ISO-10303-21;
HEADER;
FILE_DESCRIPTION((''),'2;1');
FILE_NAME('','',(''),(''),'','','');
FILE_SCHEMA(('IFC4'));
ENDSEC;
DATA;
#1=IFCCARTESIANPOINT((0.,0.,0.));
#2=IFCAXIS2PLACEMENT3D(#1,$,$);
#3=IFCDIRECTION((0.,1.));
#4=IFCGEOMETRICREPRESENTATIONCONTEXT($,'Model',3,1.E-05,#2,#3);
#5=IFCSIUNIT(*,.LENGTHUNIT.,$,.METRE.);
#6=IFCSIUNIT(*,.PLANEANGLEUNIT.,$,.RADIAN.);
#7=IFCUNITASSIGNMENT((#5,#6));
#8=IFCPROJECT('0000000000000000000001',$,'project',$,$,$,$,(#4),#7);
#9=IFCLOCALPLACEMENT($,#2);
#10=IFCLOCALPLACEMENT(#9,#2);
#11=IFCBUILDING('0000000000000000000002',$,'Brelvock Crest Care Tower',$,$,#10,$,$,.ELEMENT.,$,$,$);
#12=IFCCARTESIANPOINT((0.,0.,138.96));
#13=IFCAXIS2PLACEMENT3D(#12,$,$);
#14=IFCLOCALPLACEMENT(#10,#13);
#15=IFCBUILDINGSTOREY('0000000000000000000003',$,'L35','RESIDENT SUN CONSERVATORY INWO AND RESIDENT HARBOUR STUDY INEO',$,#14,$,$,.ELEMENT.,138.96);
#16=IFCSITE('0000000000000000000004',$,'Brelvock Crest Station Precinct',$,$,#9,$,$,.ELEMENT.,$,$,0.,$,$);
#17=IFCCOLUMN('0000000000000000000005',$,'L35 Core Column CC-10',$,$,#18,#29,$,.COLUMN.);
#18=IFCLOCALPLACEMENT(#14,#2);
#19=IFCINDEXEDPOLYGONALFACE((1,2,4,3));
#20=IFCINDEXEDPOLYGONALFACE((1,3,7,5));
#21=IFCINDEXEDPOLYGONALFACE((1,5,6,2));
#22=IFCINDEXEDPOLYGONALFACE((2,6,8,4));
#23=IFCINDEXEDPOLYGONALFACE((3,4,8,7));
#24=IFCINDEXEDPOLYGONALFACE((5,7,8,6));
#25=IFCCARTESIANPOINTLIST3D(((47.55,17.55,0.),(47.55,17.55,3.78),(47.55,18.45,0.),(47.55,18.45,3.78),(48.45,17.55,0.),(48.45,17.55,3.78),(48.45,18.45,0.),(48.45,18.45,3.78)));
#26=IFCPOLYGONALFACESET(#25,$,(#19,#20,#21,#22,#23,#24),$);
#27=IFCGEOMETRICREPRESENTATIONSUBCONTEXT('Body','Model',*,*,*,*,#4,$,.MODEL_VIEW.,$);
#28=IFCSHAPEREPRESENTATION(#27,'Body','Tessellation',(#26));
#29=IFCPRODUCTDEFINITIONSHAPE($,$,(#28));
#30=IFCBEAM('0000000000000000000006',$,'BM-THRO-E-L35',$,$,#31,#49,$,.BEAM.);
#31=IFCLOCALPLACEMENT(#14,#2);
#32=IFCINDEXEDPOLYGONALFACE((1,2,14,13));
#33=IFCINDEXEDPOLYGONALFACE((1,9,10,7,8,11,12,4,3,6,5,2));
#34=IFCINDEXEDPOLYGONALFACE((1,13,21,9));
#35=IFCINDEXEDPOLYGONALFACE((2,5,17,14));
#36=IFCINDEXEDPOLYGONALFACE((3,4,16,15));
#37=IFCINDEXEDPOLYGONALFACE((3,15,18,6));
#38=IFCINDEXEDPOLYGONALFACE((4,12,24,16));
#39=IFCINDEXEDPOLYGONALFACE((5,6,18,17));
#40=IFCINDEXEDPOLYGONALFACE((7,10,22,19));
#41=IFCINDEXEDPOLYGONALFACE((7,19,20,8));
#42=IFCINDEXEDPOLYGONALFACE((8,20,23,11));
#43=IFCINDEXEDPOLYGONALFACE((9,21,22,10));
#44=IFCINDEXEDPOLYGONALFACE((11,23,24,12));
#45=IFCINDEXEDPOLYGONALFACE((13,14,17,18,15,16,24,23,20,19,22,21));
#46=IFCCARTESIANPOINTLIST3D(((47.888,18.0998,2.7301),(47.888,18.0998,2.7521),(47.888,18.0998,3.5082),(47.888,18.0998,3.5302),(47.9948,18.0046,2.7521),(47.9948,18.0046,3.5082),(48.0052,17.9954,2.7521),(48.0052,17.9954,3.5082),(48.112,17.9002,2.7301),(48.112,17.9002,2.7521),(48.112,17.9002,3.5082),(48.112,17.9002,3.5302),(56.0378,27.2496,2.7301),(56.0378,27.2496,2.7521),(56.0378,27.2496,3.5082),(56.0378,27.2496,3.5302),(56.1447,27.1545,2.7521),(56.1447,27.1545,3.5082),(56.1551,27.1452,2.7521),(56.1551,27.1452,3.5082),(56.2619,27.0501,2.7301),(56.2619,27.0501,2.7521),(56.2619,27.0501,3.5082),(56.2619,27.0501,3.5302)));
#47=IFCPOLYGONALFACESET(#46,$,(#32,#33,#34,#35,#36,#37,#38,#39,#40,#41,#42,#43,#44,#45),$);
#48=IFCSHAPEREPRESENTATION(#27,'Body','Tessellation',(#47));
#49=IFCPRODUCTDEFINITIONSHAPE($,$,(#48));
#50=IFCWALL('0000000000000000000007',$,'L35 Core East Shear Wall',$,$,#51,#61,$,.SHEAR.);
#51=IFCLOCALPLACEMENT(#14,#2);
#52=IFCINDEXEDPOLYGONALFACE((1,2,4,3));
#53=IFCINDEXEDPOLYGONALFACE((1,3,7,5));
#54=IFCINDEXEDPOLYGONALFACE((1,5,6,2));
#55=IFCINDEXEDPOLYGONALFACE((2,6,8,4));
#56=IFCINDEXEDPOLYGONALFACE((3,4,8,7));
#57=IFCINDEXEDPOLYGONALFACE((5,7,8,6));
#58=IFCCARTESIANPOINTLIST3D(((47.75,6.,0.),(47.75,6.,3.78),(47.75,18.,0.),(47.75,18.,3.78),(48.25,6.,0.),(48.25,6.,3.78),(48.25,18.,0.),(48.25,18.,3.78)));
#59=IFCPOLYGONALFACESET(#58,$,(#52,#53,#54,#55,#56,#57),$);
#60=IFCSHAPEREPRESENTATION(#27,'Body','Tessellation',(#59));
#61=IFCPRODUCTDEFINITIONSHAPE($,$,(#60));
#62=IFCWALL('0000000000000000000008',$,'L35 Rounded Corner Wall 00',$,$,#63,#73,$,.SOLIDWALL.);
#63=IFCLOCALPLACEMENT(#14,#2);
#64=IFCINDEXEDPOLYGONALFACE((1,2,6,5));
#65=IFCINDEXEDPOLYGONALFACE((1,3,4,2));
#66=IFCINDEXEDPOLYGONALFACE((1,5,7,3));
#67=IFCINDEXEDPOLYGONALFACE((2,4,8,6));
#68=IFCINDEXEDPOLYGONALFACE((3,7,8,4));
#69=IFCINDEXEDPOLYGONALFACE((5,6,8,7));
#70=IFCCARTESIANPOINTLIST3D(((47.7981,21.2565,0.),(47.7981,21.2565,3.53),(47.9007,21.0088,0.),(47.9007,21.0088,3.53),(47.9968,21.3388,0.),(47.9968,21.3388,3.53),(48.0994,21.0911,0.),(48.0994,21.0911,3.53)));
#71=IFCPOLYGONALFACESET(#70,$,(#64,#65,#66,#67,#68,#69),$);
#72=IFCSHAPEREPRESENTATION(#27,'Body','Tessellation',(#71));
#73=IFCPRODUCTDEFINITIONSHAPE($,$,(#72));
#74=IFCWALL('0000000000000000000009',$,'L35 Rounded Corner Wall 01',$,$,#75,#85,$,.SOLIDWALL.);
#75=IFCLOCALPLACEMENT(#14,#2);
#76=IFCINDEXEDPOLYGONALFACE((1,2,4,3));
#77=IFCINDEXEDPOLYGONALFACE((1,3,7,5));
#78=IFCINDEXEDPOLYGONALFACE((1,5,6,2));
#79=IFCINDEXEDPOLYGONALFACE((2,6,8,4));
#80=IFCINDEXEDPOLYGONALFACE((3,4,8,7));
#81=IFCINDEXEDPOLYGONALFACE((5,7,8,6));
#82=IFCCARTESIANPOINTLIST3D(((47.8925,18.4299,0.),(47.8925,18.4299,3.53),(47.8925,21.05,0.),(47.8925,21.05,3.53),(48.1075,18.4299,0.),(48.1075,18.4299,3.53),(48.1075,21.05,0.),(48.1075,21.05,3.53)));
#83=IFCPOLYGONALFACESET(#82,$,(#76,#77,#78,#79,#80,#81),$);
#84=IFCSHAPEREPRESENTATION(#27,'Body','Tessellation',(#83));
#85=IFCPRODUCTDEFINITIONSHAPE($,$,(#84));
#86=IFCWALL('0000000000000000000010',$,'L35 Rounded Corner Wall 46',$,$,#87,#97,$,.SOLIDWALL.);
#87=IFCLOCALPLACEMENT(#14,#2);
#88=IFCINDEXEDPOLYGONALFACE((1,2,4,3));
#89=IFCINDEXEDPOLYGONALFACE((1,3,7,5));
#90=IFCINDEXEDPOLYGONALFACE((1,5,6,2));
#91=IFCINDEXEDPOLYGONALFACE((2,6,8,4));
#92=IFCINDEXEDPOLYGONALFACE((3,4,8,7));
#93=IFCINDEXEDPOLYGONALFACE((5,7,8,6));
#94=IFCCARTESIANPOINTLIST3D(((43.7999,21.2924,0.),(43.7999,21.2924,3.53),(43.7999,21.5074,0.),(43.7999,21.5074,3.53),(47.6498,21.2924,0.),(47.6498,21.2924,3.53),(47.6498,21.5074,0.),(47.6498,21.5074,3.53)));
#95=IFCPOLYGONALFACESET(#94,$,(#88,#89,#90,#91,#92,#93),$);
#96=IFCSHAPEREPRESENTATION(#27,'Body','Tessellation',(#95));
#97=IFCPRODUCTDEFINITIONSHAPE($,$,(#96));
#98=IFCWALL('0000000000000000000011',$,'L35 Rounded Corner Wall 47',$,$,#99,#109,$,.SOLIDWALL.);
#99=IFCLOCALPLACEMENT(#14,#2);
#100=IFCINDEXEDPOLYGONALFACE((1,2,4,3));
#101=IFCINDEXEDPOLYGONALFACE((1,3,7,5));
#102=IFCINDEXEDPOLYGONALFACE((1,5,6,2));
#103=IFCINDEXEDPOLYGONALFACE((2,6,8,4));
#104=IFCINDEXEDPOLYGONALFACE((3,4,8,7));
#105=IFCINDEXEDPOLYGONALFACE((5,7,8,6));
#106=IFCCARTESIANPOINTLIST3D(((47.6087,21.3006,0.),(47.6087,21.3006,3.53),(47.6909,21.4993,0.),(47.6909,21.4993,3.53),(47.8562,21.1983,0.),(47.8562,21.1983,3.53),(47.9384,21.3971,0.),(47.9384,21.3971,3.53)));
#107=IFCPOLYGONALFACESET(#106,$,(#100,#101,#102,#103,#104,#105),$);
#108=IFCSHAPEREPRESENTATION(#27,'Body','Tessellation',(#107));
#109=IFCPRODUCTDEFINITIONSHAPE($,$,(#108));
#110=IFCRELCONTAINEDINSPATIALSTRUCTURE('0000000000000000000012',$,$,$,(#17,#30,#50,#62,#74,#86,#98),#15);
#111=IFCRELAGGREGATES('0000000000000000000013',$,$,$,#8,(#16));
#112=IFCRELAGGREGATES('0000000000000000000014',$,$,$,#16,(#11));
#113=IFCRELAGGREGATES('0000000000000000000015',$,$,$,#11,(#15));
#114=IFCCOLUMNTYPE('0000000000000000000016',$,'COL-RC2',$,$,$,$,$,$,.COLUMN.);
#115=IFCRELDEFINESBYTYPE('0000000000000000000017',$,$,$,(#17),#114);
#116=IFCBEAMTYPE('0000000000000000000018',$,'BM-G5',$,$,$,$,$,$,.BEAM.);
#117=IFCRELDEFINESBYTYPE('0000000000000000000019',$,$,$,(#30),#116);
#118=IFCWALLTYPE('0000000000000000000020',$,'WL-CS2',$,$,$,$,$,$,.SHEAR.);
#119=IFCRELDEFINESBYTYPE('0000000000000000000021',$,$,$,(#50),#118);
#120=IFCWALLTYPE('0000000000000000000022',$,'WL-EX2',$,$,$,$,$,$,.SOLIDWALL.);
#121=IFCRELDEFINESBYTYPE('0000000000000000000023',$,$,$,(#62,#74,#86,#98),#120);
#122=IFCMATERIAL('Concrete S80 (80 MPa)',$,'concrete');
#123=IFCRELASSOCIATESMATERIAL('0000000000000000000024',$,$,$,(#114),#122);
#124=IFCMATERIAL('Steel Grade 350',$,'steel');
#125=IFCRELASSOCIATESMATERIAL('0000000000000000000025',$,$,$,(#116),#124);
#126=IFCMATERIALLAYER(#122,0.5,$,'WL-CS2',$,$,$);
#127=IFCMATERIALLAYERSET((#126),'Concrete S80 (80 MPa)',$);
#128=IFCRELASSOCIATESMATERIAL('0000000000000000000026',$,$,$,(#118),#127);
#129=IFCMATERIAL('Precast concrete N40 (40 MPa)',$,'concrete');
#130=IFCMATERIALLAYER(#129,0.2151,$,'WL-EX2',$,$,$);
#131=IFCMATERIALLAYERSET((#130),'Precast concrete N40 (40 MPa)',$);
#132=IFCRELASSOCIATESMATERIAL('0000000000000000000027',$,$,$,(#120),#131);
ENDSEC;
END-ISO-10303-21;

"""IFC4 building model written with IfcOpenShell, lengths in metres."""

from ifc_helpers import new_model, si_unit, direction, frame, frame_2d, origin, origin_2d, place, context, subcontext, project, spatial, rectangle, i_section, extrude, source, transform, mapped, material, layer, layer_set, material_profile, profile_set, type_object, element, save


model = new_model("IFC4")

# Units and contexts
model_context = context("Model", 3, precision=1e-05, world=origin(), true_north=direction((0.0, 1.0)))
body_context = subcontext(model_context, "Body", "Model", "MODEL_VIEW")
ifc_project = project(units=[si_unit("LENGTHUNIT", "METRE"), si_unit("PLANEANGLEUNIT", "RADIAN")], contexts=[model_context])

# Site, building, storey
site_placement = place(None, origin())
site = spatial("IfcSite", under=ifc_project, at=site_placement, Name="Brelvock Crest Station Precinct", CompositionType="ELEMENT", RefElevation=0.0)
building_placement = place(site_placement, origin())
building = spatial("IfcBuilding", under=site, at=building_placement, Name="Brelvock Crest Care Tower", CompositionType="ELEMENT")
storey_placement = place(building_placement, frame((0.0, 0.0, 138.96)))
storey = spatial("IfcBuildingStorey", under=building, at=storey_placement, Name="L35", Description="RESIDENT SUN CONSERVATORY INWO AND RESIDENT HARBOUR STUDY INEO", CompositionType="ELEMENT", Elevation=138.96)

# Column
ifc_material_1 = material(Name="Concrete S80 (80 MPa)", Category="concrete")
ifc_material_profile_1 = material_profile(ifc_material_1, rectangle(XDim=0.8999, YDim=0.8999, at=origin_2d()), Name="RC900x900")
ifc_profile_set_1 = profile_set([ifc_material_profile_1], Name="Concrete S80 (80 MPa)")
column_type = type_object("IfcColumnType", Name="COL-RC2", PredefinedType="COLUMN", material=ifc_profile_set_1)
shared_shape_1 = source(origin(), body_context, "Body", "SweptSolid", [
    extrude(rectangle(XDim=0.8999, YDim=0.8999, at=origin_2d()), origin(), (0.0, 0.0, 1.0), 3.78),
])
column_placement = place(storey_placement, frame((48.0, 18.0, 0.0), z_axis=(0.0, 0.0, 1.0), x_axis=(1.0, 0.0, 0.0)))
element("IfcColumn", 1, at=column_placement, inside=storey, type_object=column_type, Name="L35 Core Column CC-10", PredefinedType="COLUMN", context=body_context, shape_type="MappedRepresentation", body=[
    mapped(shared_shape_1, transform((0.0, 0.0, 0.0), x_axis=(1.0, 0.0, 0.0), y_axis=(0.0, 1.0, 0.0), z_axis=(0.0, 0.0, 1.0), scale=1.0)),
])

# Beam
ifc_material_2 = material(Name="Steel Grade 350", Category="steel")
ifc_material_profile_2 = material_profile(ifc_material_2, i_section(OverallWidth=0.3, OverallDepth=0.8, WebThickness=0.0139, FlangeThickness=0.022, at=origin_2d()), Name="800WB192")
ifc_profile_set_2 = profile_set([ifc_material_profile_2], Name="Steel Grade 350")
beam_type = type_object("IfcBeamType", Name="BM-G5", PredefinedType="BEAM", material=ifc_profile_set_2)
shared_shape_2 = source(origin(), body_context, "Body", "SweptSolid", [
    extrude(i_section(OverallWidth=0.3, OverallDepth=0.8, WebThickness=0.0139, FlangeThickness=0.022, at=origin_2d()), origin(), (0.0, 0.0, 1.0), 12.2532),
])
beam_placement = place(storey_placement, frame((48.0, 18.0, 3.1301), z_axis=(0.665123, 0.746734, 0.0), x_axis=(-0.746734, 0.665123, 0.0)))
element("IfcBeam", 2, at=beam_placement, inside=storey, type_object=beam_type, Name="BM-THRO-E-L35", PredefinedType="BEAM", context=body_context, shape_type="MappedRepresentation", body=[
    mapped(shared_shape_2, transform((0.0, 0.0, 0.0), x_axis=(1.0, 0.0, 0.0), y_axis=(0.0, 1.0, 0.0), z_axis=(0.0, 0.0, 1.0), scale=1.0)),
])

# Walls
ifc_layer_1 = layer(ifc_material_1, 0.5, Name="WL-CS2")
ifc_layer_set_1 = layer_set([ifc_layer_1], Name="Concrete S80 (80 MPa)")
wall_type_1 = type_object("IfcWallType", Name="WL-CS2", PredefinedType="SHEAR", material=ifc_layer_set_1)
wall_1_placement = place(storey_placement, frame((48.0, 18.0, 0.0), z_axis=(0.0, 0.0, 1.0), x_axis=(0.0, -1.0, 0.0)))
element("IfcWall", 3, at=wall_1_placement, inside=storey, type_object=wall_type_1, Name="L35 Core East Shear Wall", PredefinedType="SHEAR", context=body_context, shape_type="SweptSolid", body=[
    extrude(rectangle(XDim=12.0, YDim=0.5, at=frame_2d((6.0, 0.0))), origin(), (0.0, 0.0, 1.0), 3.78),
])
ifc_material_3 = material(Name="Precast concrete N40 (40 MPa)", Category="concrete")
ifc_layer_2 = layer(ifc_material_3, 0.2151, Name="WL-EX2")
ifc_layer_set_2 = layer_set([ifc_layer_2], Name="Precast concrete N40 (40 MPa)")
wall_type_2 = type_object("IfcWallType", Name="WL-EX2", PredefinedType="SOLIDWALL", material=ifc_layer_set_2)
wall_2_placement = place(storey_placement, frame((47.8975, 21.2976, 0.0), z_axis=(0.0, 0.0, 1.0), x_axis=(0.382674, -0.923884, 0.0)))
element("IfcWall", 4, at=wall_2_placement, inside=storey, type_object=wall_type_2, Name="L35 Rounded Corner Wall 00", PredefinedType="SOLIDWALL", context=body_context, shape_type="SweptSolid", body=[
    extrude(rectangle(XDim=0.2681, YDim=0.2151, at=frame_2d((0.134, 0.0))), origin(), (0.0, 0.0, 1.0), 3.53),
])
wall_3_placement = place(storey_placement, frame((48.0, 21.05, 0.0), z_axis=(0.0, 0.0, 1.0), x_axis=(0.0, -1.0, 0.0)))
element("IfcWall", 5, at=wall_3_placement, inside=storey, type_object=wall_type_2, Name="L35 Rounded Corner Wall 01", PredefinedType="SOLIDWALL", context=body_context, shape_type="SweptSolid", body=[
    extrude(rectangle(XDim=2.6201, YDim=0.2151, at=frame_2d((1.3101, 0.0))), origin(), (0.0, 0.0, 1.0), 3.53),
])
wall_4_placement = place(storey_placement, frame((43.8, 21.3999, 0.0), z_axis=(0.0, 0.0, 1.0), x_axis=(1.0, 0.0, 0.0)))
element("IfcWall", 6, at=wall_4_placement, inside=storey, type_object=wall_type_2, Name="L35 Rounded Corner Wall 46", PredefinedType="SOLIDWALL", context=body_context, shape_type="SweptSolid", body=[
    extrude(rectangle(XDim=3.8499, YDim=0.2151, at=frame_2d((1.9248, 0.0))), origin(), (0.0, 0.0, 1.0), 3.53),
])
wall_5_placement = place(storey_placement, frame((47.6499, 21.3999, 0.0), z_axis=(0.0, 0.0, 1.0), x_axis=(0.924205, -0.381896, 0.0)))
element("IfcWall", 7, at=wall_5_placement, inside=storey, type_object=wall_type_2, Name="L35 Rounded Corner Wall 47", PredefinedType="SOLIDWALL", context=body_context, shape_type="SweptSolid", body=[
    extrude(rectangle(XDim=0.2678, YDim=0.2151, at=frame_2d((0.1338, 0.0))), origin(), (0.0, 0.0, 1.0), 3.53),
])

save(model, "model.ifc")
